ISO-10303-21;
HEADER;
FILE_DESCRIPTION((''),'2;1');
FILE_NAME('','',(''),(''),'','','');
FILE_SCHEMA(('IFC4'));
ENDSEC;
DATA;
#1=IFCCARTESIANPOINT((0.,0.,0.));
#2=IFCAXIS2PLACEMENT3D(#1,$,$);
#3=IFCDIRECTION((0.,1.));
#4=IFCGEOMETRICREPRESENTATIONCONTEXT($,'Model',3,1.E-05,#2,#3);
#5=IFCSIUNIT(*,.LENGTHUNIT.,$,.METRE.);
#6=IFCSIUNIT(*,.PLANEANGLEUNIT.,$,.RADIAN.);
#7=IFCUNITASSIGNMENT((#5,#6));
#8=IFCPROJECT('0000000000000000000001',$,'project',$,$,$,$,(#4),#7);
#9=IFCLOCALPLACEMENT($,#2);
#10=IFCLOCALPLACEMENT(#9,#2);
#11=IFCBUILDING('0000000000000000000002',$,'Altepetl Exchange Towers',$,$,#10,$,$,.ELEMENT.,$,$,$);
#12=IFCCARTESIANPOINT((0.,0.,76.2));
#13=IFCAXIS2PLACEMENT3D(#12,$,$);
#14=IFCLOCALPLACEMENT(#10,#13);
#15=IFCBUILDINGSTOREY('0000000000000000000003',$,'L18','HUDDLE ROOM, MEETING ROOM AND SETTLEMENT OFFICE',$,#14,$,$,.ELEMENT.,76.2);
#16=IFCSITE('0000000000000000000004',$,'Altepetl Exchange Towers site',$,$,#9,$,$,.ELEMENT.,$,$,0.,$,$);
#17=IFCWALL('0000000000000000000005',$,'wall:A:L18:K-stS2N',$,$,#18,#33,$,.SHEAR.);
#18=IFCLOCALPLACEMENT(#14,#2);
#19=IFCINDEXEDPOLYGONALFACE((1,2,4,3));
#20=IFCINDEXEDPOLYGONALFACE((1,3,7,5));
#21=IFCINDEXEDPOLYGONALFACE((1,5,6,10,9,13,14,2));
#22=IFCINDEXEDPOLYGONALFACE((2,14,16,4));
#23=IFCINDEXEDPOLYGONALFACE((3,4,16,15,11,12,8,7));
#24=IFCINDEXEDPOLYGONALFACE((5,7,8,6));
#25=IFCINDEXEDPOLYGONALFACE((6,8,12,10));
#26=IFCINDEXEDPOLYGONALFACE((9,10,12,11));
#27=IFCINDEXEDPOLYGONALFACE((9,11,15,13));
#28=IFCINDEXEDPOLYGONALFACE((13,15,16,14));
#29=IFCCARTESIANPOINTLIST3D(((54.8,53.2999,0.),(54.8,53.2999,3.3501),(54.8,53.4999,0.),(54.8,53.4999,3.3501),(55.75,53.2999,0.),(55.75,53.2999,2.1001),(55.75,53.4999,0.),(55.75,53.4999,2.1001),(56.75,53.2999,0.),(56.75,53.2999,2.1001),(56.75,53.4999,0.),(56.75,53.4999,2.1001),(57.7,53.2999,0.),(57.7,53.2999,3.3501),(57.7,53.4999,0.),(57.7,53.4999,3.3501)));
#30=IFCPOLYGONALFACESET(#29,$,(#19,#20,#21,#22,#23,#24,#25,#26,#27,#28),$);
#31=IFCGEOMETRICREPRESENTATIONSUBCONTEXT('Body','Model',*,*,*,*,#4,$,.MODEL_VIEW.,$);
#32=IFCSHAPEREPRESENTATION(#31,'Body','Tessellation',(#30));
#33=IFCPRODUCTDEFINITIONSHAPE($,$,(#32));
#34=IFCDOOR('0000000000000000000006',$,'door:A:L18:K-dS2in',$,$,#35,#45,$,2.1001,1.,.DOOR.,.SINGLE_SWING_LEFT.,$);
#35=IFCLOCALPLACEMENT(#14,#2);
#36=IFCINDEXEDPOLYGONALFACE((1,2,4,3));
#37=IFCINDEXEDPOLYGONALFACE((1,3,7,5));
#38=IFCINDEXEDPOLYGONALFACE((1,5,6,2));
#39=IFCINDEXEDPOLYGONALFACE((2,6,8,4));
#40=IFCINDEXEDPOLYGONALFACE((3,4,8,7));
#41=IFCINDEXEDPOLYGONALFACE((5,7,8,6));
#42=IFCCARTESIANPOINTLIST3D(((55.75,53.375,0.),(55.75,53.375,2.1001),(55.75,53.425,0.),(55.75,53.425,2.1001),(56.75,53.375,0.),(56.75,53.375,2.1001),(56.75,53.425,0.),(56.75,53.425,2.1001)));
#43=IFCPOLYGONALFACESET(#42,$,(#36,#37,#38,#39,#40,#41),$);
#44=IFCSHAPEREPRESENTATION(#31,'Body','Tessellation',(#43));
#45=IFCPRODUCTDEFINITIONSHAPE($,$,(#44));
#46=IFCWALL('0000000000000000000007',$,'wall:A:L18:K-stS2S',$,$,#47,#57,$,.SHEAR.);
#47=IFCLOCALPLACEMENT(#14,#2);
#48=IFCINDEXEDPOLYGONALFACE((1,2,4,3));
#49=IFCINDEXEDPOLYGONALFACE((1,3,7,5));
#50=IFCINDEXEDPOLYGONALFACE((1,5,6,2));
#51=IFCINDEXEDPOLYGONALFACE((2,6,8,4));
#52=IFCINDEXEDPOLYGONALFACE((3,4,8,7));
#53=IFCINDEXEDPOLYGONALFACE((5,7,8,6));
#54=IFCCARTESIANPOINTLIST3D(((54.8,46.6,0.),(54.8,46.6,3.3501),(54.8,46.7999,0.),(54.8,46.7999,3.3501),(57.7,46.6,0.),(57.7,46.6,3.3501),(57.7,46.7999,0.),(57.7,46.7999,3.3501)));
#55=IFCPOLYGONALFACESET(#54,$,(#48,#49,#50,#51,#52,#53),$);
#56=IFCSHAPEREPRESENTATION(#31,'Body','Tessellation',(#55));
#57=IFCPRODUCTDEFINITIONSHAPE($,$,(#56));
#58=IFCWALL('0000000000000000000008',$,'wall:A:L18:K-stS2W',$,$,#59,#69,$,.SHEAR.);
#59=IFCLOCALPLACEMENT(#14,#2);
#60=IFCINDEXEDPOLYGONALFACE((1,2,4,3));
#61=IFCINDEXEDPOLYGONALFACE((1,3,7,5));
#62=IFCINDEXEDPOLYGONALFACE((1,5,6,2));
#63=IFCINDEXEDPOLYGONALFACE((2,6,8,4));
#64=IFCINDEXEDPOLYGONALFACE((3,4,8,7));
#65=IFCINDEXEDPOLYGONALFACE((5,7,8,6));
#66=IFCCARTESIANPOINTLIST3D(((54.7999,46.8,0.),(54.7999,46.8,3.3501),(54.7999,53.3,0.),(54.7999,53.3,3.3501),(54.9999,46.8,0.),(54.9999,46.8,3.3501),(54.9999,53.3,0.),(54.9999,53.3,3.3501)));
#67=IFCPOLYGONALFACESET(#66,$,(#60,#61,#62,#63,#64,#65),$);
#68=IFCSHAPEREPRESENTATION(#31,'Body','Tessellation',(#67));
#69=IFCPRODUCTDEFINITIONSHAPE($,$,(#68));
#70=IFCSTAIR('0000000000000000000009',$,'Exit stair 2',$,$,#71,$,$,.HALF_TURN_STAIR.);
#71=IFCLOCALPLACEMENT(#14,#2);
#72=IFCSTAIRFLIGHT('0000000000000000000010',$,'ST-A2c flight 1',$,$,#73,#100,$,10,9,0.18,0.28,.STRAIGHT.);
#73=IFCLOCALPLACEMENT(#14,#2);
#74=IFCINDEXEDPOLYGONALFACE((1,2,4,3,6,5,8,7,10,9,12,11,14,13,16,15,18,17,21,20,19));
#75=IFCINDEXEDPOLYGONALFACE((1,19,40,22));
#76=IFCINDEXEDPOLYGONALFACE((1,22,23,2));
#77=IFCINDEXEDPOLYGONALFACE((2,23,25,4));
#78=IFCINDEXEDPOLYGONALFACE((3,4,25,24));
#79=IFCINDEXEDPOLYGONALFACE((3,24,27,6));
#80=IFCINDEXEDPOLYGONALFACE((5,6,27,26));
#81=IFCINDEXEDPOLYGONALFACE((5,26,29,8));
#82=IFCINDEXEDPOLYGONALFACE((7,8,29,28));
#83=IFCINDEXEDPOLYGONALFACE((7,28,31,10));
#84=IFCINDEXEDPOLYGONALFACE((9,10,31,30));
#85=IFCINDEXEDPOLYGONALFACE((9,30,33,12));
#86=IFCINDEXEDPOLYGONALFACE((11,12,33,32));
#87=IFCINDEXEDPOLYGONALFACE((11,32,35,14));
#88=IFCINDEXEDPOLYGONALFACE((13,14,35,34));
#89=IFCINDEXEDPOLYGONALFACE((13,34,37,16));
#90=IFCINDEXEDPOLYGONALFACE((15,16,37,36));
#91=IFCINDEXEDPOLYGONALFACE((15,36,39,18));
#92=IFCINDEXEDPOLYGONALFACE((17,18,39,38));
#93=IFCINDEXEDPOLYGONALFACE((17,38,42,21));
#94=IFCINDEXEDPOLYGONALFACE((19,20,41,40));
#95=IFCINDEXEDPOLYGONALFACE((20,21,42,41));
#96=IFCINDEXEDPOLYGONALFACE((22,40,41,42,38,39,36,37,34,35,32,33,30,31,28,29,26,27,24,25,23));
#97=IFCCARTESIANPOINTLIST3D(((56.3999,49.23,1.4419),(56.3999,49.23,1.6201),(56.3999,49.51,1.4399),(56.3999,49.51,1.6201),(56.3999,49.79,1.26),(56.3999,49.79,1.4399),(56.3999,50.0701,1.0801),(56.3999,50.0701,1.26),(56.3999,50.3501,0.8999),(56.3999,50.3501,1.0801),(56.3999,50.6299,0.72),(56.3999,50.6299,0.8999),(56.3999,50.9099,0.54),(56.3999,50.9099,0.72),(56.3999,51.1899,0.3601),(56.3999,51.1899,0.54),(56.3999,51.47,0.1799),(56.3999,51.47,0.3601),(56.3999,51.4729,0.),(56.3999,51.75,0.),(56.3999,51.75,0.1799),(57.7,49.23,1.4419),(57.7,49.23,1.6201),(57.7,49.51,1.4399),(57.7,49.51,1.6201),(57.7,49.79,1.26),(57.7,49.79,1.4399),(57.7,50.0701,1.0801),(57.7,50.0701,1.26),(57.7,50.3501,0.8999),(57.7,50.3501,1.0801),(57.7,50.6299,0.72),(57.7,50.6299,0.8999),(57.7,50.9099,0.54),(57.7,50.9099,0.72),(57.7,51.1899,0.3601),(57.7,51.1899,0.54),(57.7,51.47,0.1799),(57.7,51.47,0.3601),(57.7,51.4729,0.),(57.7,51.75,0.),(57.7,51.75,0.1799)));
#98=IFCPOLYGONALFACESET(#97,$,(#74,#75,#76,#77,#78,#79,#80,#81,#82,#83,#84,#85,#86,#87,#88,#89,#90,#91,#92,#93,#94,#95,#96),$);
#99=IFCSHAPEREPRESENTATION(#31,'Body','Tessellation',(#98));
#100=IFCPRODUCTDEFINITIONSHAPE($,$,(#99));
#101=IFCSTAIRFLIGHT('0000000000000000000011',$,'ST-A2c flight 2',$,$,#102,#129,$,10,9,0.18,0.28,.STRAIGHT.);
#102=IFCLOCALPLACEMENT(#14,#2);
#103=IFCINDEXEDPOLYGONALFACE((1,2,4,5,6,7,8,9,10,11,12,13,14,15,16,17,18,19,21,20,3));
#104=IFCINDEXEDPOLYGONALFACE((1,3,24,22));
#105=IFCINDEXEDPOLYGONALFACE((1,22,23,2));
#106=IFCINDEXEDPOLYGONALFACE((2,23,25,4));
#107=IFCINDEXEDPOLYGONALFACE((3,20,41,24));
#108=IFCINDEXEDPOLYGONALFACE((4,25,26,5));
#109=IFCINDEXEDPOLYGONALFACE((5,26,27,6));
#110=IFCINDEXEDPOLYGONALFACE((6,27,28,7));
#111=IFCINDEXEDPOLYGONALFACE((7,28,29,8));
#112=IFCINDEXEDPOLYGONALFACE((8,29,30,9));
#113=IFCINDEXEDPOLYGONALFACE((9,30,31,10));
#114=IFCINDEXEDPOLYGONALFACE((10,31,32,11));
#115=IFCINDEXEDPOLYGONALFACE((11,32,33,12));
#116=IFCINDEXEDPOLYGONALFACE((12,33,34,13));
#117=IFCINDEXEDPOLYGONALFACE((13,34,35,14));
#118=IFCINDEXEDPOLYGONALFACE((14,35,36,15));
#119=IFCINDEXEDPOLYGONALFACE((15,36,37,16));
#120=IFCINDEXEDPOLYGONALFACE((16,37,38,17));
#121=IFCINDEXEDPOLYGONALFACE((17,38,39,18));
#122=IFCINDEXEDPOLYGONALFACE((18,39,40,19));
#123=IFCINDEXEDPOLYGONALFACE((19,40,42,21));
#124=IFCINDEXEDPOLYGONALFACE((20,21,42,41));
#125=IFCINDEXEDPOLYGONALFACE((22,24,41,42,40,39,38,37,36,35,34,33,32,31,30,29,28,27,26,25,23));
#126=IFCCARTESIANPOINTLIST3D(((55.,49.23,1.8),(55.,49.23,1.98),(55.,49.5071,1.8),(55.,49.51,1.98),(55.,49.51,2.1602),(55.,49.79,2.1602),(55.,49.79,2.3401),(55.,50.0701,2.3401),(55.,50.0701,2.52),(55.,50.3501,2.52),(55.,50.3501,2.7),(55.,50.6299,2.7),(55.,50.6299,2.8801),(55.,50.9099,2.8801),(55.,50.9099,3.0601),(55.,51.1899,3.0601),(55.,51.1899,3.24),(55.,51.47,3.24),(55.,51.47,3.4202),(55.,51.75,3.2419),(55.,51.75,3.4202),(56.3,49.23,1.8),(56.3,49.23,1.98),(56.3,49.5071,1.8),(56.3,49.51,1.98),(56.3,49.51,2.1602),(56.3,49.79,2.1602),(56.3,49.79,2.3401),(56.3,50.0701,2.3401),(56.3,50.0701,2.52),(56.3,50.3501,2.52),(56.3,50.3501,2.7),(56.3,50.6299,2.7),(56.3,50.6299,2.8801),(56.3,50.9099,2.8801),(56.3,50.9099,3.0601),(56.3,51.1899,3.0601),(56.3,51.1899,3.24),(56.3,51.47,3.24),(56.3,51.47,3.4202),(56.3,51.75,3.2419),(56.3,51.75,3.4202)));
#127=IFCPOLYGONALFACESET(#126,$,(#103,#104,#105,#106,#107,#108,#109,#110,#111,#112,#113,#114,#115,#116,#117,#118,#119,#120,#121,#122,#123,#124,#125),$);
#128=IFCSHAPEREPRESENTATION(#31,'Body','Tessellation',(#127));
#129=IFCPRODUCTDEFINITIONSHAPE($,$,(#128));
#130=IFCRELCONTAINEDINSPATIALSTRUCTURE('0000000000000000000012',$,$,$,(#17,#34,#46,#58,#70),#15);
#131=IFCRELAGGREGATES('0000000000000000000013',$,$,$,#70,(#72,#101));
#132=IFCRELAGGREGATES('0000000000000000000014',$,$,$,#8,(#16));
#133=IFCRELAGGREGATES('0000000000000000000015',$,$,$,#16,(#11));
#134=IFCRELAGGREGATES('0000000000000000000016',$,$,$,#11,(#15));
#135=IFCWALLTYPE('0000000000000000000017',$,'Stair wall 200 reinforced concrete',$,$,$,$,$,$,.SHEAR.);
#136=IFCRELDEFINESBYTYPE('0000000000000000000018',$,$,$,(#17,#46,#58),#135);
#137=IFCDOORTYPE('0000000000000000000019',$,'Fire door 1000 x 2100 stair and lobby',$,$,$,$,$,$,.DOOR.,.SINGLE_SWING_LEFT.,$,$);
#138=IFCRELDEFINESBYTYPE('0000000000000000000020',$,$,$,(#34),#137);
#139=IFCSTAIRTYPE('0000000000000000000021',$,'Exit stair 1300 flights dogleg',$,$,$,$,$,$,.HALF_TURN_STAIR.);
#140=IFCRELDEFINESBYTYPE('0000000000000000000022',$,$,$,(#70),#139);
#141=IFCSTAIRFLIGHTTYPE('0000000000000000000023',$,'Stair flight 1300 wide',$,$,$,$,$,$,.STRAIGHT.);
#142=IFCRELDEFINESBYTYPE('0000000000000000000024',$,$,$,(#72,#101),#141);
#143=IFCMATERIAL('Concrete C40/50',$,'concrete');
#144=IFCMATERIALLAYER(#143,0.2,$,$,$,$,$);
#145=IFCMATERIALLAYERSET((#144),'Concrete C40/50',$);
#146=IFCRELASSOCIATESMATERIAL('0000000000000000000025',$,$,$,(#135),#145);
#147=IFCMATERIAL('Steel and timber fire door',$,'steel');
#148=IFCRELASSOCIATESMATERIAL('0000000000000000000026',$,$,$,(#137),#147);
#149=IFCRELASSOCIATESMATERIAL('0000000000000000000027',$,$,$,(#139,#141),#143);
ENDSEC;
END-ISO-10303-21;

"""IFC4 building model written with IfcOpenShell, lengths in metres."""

from ifc_helpers import new_model, si_unit, direction, frame, frame_2d, origin, place, context, subcontext, project, spatial, polyline, rectangle, outline, extrude, material, layer, layer_set, type_object, element, fill, aggregate, save


model = new_model("IFC4")

# Units and contexts
model_context = context("Model", 3, precision=1e-05, world=origin(), true_north=direction((0.0, 1.0)))
body_context = subcontext(model_context, "Body", "Model", "MODEL_VIEW")
ifc_project = project(units=[si_unit("LENGTHUNIT", "METRE"), si_unit("PLANEANGLEUNIT", "RADIAN")], contexts=[model_context])

# Site, building, storey
site_placement = place(None, origin())
site = spatial("IfcSite", under=ifc_project, at=site_placement, Name="Altepetl Exchange Towers site", CompositionType="ELEMENT", RefElevation=0.0)
building_placement = place(site_placement, origin())
building = spatial("IfcBuilding", under=site, at=building_placement, Name="Altepetl Exchange Towers", CompositionType="ELEMENT")
storey_placement = place(building_placement, frame((0.0, 0.0, 76.2)))
storey = spatial("IfcBuildingStorey", under=building, at=storey_placement, Name="L18", Description="HUDDLE ROOM, MEETING ROOM AND SETTLEMENT OFFICE", CompositionType="ELEMENT", Elevation=76.2)

# Shared definitions
ifc_material_1 = material(Name="Concrete C40/50", Category="concrete")

# Wall, opening, door
ifc_layer_1 = layer(ifc_material_1, 0.2)
ifc_layer_set_1 = layer_set([ifc_layer_1], Name="Concrete C40/50")
wall_type_1 = type_object("IfcWallType", Name="Stair wall 200 reinforced concrete", PredefinedType="SHEAR", material=ifc_layer_set_1)
wall_1_placement = place(storey_placement, frame((54.8, 53.3999, 0.0)))
wall_1 = element("IfcWall", 1, at=wall_1_placement, inside=storey, type_object=wall_type_1, Name="wall:A:L18:K-stS2N", PredefinedType="SHEAR", context=body_context, shape_type="SweptSolid", body=[
    extrude(rectangle(XDim=2.8999, YDim=0.2, at=frame_2d((1.45, 0.0))), origin(), (0.0, 0.0, 1.0), 3.3501),
])
opening_placement = place(wall_1_placement, frame((0.95, 0.0, 0.0)))
opening = element("IfcOpeningElement", 2, at=opening_placement, cuts=wall_1, PredefinedType="OPENING", context=body_context, shape_type="SweptSolid", body=[
    extrude(rectangle(XDim=1.0, YDim=2.1001, at=frame_2d((0.5, 1.05))), frame((0.0, 0.1099, 0.0), z_axis=(0.0, -1.0, 0.0), x_axis=(1.0, 0.0, 0.0)), (0.0, 0.0, 1.0), 0.22),
])
ifc_material_2 = material(Name="Steel and timber fire door", Category="steel")
door_type = type_object("IfcDoorType", Name="Fire door 1000 x 2100 stair and lobby", OperationType="SINGLE_SWING_LEFT", PredefinedType="DOOR", material=ifc_material_2)
door_placement = place(opening_placement, frame((1.0, 0.0, 0.0), x_axis=(-1.0, 0.0, 0.0)))
door = element("IfcDoor", 3, at=door_placement, inside=storey, type_object=door_type, Name="door:A:L18:K-dS2in", OperationType="SINGLE_SWING_LEFT", OverallHeight=2.1001, OverallWidth=1.0, PredefinedType="DOOR", context=body_context, shape_type="SweptSolid", body=[
    extrude(rectangle(XDim=1.0, YDim=2.1001, at=frame_2d((0.5, 1.05))), frame((0.0, 0.0249, 0.0), z_axis=(0.0, -1.0, 0.0), x_axis=(1.0, 0.0, 0.0)), (0.0, 0.0, 1.0), 0.05),
])
fill(opening, door)

# Walls
wall_2_placement = place(storey_placement, frame((54.8, 46.7, 0.0)))
element("IfcWall", 4, at=wall_2_placement, inside=storey, type_object=wall_type_1, Name="wall:A:L18:K-stS2S", PredefinedType="SHEAR", context=body_context, shape_type="SweptSolid", body=[
    extrude(rectangle(XDim=2.8999, YDim=0.2, at=frame_2d((1.45, 0.0))), origin(), (0.0, 0.0, 1.0), 3.3501),
])
wall_3_placement = place(storey_placement, frame((54.8999, 46.8, 0.0), z_axis=(0.0, 0.0, 1.0), x_axis=(0.0, 1.0, 0.0)))
element("IfcWall", 5, at=wall_3_placement, inside=storey, type_object=wall_type_1, Name="wall:A:L18:K-stS2W", PredefinedType="SHEAR", context=body_context, shape_type="SweptSolid", body=[
    extrude(rectangle(XDim=6.5, YDim=0.2, at=frame_2d((3.25, 0.0))), origin(), (0.0, 0.0, 1.0), 3.3501),
])

# Stair, stair flights
stair_type = type_object("IfcStairType", Name="Exit stair 1300 flights dogleg", PredefinedType="HALF_TURN_STAIR", material=ifc_material_1)
stair_placement = place(storey_placement, origin())
stair = element("IfcStair", 6, at=stair_placement, inside=storey, type_object=stair_type, Name="Exit stair 2", PredefinedType="HALF_TURN_STAIR")
stair_flight_type = type_object("IfcStairFlightType", Name="Stair flight 1300 wide", PredefinedType="STRAIGHT", material=ifc_material_1)
stair_flight_1_placement = place(storey_placement, frame((57.05, 51.75, 0.0), z_axis=(0.0, 0.0, 1.0), x_axis=(0.0, -1.0, 0.0)))
stair_flight_1 = element("IfcStairFlight", 7, at=stair_flight_1_placement, type_object=stair_flight_type, Name="ST-A2c flight 1", NumberOfRisers=10, NumberOfTreads=9, PredefinedType="STRAIGHT", RiserHeight=0.18, TreadLength=0.28, context=body_context, shape_type="SweptSolid", body=[
    extrude(outline(polyline([(0.0, 0.0), (0.0, 0.1799), (0.28, 0.1799), (0.28, 0.3601), (0.5601, 0.3601), (0.5601, 0.54), (0.8401, 0.54), (0.8401, 0.72), (1.1201, 0.72), (1.1201, 0.8999), (1.3999, 0.8999), (1.3999, 1.0801), (1.6799, 1.0801), (1.6799, 1.26), (1.96, 1.26), (1.96, 1.4399), (2.24, 1.4399), (2.24, 1.6201), (2.52, 1.6201), (2.52, 1.8), (2.52, 1.4419), (0.2771, 0.0), (0.0, 0.0)])), frame((0.0, 0.6499, 0.0), z_axis=(0.0, -1.0, 0.0), x_axis=(1.0, 0.0, 0.0)), (0.0, 0.0, 1.0), 1.3),
])
stair_flight_2_placement = place(storey_placement, frame((55.6499, 49.23, 1.8), z_axis=(0.0, 0.0, 1.0), x_axis=(0.0, 1.0, 0.0)))
stair_flight_2 = element("IfcStairFlight", 8, at=stair_flight_2_placement, type_object=stair_flight_type, Name="ST-A2c flight 2", NumberOfRisers=10, NumberOfTreads=9, PredefinedType="STRAIGHT", RiserHeight=0.18, TreadLength=0.28, context=body_context, shape_type="SweptSolid", body=[
    extrude(outline(polyline([(0.0, 0.0), (0.0, 0.1799), (0.28, 0.1799), (0.28, 0.3601), (0.5601, 0.3601), (0.5601, 0.54), (0.8401, 0.54), (0.8401, 0.72), (1.1201, 0.72), (1.1201, 0.8999), (1.3999, 0.8999), (1.3999, 1.0801), (1.6799, 1.0801), (1.6799, 1.26), (1.96, 1.26), (1.96, 1.4399), (2.24, 1.4399), (2.24, 1.6201), (2.52, 1.6201), (2.52, 1.8), (2.52, 1.4419), (0.2771, 0.0), (0.0, 0.0)])), frame((0.0, 0.6499, 0.0), z_axis=(0.0, -1.0, 0.0), x_axis=(1.0, 0.0, 0.0)), (0.0, 0.0, 1.0), 1.3),
])
aggregate(stair, [stair_flight_1, stair_flight_2])

save(model, "model.ifc")
